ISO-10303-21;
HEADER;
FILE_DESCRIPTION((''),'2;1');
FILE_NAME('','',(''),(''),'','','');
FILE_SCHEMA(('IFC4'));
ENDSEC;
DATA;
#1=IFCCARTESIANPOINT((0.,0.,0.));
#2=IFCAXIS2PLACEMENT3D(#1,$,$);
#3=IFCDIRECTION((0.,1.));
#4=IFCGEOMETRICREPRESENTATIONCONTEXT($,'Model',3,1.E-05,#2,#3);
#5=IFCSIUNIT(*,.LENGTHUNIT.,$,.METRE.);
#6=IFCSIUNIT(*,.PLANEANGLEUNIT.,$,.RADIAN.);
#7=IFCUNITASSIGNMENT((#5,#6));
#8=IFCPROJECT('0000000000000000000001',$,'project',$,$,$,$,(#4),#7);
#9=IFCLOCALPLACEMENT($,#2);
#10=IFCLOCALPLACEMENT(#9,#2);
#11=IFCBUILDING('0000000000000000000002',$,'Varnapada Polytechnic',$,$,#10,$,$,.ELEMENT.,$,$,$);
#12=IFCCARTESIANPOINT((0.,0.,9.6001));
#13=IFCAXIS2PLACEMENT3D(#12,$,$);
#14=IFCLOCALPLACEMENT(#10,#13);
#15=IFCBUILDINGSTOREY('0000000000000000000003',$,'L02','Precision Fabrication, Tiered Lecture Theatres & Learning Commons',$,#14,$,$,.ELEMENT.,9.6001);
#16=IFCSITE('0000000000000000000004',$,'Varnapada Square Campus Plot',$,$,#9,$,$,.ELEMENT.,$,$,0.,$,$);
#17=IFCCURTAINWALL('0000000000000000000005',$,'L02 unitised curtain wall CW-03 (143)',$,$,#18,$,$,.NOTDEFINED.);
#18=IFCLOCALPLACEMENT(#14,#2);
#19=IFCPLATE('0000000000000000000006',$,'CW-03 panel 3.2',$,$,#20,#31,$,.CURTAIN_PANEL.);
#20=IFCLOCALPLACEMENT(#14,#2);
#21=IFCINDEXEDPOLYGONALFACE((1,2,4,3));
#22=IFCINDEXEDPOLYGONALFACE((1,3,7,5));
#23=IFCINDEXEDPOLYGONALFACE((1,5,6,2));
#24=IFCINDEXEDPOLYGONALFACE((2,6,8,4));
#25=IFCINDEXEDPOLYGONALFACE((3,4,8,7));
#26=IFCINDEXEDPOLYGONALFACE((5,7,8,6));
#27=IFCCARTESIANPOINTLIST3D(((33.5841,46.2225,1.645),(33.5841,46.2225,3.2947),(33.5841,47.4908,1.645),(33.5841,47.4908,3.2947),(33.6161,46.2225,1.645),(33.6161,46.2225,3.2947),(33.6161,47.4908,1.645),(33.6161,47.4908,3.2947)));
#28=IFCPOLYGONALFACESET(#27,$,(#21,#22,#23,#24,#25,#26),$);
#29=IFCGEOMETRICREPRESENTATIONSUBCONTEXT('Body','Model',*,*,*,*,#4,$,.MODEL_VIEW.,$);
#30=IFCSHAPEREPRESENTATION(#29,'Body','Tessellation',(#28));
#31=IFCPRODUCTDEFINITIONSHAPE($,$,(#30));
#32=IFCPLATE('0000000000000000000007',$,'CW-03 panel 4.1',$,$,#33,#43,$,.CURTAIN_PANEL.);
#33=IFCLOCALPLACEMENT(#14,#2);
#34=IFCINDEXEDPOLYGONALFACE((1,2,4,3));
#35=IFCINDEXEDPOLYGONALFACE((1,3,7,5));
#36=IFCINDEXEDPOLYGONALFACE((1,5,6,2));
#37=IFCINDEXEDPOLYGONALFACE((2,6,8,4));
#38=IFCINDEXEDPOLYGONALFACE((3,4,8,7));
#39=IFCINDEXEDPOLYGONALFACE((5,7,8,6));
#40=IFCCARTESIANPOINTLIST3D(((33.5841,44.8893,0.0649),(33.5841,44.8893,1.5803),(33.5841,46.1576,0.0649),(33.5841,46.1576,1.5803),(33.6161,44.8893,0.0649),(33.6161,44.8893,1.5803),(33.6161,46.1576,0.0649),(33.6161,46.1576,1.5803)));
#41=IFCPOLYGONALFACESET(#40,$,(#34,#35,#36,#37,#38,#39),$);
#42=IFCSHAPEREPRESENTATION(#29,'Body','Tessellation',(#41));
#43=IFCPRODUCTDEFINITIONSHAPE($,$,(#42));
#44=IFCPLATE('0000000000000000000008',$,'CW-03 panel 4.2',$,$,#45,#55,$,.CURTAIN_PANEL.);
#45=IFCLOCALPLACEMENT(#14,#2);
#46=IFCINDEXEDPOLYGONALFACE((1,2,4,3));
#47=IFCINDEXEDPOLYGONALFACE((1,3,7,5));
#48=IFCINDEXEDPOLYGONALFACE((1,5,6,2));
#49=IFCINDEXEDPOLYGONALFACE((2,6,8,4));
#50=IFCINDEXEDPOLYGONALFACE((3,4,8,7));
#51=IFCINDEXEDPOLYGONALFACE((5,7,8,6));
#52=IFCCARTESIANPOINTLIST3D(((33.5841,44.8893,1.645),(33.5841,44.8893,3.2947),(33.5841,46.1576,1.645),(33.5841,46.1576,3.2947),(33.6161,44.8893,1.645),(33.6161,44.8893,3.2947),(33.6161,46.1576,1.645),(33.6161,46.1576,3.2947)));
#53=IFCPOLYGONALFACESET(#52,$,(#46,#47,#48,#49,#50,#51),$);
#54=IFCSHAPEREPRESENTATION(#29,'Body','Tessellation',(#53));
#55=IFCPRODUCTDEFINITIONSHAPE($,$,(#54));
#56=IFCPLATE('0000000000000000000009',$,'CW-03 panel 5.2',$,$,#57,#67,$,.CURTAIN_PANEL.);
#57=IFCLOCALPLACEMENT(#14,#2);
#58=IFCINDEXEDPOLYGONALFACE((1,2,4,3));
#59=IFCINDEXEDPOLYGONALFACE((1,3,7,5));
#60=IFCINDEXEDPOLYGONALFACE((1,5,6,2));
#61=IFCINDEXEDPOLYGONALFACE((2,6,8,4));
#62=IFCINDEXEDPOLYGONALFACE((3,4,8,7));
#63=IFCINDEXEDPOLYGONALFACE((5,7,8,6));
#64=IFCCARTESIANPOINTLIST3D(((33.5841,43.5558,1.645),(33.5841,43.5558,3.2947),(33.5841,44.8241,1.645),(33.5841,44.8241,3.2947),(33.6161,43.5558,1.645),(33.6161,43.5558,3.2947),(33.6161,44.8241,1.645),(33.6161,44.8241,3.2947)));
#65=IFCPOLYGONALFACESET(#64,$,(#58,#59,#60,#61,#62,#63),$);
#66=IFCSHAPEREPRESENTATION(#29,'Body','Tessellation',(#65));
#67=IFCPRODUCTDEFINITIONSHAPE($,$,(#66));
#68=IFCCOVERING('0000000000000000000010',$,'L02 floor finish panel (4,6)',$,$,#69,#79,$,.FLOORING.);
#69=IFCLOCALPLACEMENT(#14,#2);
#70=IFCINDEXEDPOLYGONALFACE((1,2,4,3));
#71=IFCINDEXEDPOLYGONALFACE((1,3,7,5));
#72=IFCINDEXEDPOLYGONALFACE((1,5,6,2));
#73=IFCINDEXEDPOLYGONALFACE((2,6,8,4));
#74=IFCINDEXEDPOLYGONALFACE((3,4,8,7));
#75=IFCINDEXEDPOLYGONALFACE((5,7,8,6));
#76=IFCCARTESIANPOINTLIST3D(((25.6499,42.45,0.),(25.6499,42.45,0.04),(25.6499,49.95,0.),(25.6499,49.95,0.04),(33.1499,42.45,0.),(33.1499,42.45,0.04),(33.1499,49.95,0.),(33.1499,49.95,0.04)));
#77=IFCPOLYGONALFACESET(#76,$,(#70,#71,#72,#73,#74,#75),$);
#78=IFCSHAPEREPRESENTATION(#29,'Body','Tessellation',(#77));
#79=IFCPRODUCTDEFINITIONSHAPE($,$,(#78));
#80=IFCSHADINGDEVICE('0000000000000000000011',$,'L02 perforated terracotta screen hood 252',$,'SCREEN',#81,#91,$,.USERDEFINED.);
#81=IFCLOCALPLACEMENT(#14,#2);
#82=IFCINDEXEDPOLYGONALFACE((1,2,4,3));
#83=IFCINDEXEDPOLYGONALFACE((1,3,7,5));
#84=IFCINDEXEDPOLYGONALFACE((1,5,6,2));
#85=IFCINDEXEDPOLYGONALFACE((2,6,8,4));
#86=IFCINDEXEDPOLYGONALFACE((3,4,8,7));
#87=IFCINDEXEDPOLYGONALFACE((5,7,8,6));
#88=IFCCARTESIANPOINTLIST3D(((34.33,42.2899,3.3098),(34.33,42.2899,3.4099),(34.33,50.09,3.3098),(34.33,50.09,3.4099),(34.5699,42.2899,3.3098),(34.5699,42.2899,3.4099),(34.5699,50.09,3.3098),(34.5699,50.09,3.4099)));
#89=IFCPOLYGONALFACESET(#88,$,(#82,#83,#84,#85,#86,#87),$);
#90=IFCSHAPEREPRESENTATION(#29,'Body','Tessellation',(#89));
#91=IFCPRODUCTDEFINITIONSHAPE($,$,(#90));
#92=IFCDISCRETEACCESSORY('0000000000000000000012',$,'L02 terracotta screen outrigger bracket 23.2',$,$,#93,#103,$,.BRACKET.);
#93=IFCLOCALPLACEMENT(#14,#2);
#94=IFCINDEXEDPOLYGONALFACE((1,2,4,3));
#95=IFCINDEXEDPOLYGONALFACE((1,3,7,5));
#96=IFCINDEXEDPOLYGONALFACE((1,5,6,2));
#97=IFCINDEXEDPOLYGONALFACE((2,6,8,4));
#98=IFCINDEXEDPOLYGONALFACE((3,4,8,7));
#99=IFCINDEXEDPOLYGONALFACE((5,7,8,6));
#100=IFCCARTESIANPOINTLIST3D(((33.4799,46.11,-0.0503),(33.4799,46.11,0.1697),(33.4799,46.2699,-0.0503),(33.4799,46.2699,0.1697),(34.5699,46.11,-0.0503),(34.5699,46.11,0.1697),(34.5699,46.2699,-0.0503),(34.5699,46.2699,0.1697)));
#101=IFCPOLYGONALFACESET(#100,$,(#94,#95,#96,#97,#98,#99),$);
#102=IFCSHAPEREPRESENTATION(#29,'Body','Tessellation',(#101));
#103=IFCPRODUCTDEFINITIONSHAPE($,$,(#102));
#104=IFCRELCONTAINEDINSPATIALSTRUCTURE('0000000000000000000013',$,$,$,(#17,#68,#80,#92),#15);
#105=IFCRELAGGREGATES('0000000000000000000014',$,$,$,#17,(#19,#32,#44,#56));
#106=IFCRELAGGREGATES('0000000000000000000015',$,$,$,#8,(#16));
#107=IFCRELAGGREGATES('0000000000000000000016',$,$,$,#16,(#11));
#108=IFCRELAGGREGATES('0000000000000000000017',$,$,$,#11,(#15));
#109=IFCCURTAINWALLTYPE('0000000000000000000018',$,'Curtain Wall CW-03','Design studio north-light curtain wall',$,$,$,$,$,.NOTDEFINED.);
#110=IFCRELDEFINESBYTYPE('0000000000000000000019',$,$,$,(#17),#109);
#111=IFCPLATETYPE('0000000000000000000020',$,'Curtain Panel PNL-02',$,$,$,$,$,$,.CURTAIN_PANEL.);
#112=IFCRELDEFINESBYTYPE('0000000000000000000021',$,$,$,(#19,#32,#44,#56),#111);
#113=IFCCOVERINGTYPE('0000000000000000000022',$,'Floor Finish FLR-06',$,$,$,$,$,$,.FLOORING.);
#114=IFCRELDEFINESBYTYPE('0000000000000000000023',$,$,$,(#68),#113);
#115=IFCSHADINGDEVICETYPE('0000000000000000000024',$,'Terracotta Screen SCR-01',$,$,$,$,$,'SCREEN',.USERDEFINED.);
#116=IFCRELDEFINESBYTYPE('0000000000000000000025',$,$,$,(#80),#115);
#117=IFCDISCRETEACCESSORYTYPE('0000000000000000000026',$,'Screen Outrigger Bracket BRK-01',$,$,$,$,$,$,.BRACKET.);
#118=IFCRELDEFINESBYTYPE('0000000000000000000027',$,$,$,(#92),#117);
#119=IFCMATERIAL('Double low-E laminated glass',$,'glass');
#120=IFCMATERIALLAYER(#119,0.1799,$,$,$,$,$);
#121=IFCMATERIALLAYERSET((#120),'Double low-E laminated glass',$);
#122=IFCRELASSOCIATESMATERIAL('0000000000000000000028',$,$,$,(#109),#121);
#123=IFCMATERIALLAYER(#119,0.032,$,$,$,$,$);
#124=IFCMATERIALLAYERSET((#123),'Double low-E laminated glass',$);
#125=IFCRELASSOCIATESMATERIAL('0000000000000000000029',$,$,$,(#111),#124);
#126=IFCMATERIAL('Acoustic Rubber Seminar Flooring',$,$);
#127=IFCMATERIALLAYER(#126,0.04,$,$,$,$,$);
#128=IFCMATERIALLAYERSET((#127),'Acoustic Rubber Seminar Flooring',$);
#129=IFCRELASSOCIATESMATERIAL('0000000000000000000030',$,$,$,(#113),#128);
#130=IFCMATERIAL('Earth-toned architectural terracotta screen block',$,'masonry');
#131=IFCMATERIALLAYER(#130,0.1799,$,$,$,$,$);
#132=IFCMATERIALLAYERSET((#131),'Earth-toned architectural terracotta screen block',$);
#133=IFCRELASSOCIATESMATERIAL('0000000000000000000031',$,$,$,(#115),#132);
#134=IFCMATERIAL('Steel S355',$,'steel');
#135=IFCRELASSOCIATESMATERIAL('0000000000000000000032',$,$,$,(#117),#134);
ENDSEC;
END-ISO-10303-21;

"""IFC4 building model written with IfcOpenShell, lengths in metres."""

from ifc_helpers import new_model, si_unit, direction, frame, origin, origin_2d, place, context, subcontext, project, spatial, rectangle, extrude, material, layer, layer_set, type_object, element, aggregate, save


model = new_model("IFC4")

# Units and contexts
model_context = context("Model", 3, precision=1e-05, world=origin(), true_north=direction((0.0, 1.0)))
body_context = subcontext(model_context, "Body", "Model", "MODEL_VIEW")
ifc_project = project(units=[si_unit("LENGTHUNIT", "METRE"), si_unit("PLANEANGLEUNIT", "RADIAN")], contexts=[model_context])

# Site, building, storey
site_placement = place(None, origin())
site = spatial("IfcSite", under=ifc_project, at=site_placement, Name="Varnapada Square Campus Plot", CompositionType="ELEMENT", RefElevation=0.0)
building_placement = place(site_placement, origin())
building = spatial("IfcBuilding", under=site, at=building_placement, Name="Varnapada Polytechnic", CompositionType="ELEMENT")
storey_placement = place(building_placement, frame((0.0, 0.0, 9.6001)))
storey = spatial("IfcBuildingStorey", under=building, at=storey_placement, Name="L02", Description="Precision Fabrication, Tiered Lecture Theatres & Learning Commons", CompositionType="ELEMENT", Elevation=9.6001)

# Curtain wall, plates
ifc_material_1 = material(Name="Double low-E laminated glass", Category="glass")
ifc_layer_1 = layer(ifc_material_1, 0.1799)
ifc_layer_set_1 = layer_set([ifc_layer_1], Name="Double low-E laminated glass")
curtain_wall_type = type_object("IfcCurtainWallType", Name="Curtain Wall CW-03", Description="Design studio north-light curtain wall", PredefinedType="NOTDEFINED", material=ifc_layer_set_1)
curtain_wall_placement = place(storey_placement, origin())
curtain_wall = element("IfcCurtainWall", 1, at=curtain_wall_placement, inside=storey, type_object=curtain_wall_type, Name="L02 unitised curtain wall CW-03 (143)", PredefinedType="NOTDEFINED")
ifc_layer_2 = layer(ifc_material_1, 0.032)
ifc_layer_set_2 = layer_set([ifc_layer_2], Name="Double low-E laminated glass")
plate_type = type_object("IfcPlateType", Name="Curtain Panel PNL-02", PredefinedType="CURTAIN_PANEL", material=ifc_layer_set_2)
plate_1_placement = place(storey_placement, frame((33.6001, 46.8567, 1.645), z_axis=(0.0, 0.0, 1.0), x_axis=(0.0, -1.0, 0.0)))
plate_1 = element("IfcPlate", 2, at=plate_1_placement, type_object=plate_type, Name="CW-03 panel 3.2", PredefinedType="CURTAIN_PANEL", context=body_context, shape_type="SweptSolid", body=[
    extrude(rectangle(XDim=1.2683, YDim=0.032, at=origin_2d()), origin(), (0.0, 0.0, 1.0), 1.6497),
])
plate_2_placement = place(storey_placement, frame((33.6001, 45.5234, 0.0649), z_axis=(0.0, 0.0, 1.0), x_axis=(0.0, -1.0, 0.0)))
plate_2 = element("IfcPlate", 3, at=plate_2_placement, type_object=plate_type, Name="CW-03 panel 4.1", PredefinedType="CURTAIN_PANEL", context=body_context, shape_type="SweptSolid", body=[
    extrude(rectangle(XDim=1.2683, YDim=0.032, at=origin_2d()), origin(), (0.0, 0.0, 1.0), 1.5154),
])
plate_3_placement = place(storey_placement, frame((33.6001, 45.5234, 1.645), z_axis=(0.0, 0.0, 1.0), x_axis=(0.0, -1.0, 0.0)))
plate_3 = element("IfcPlate", 4, at=plate_3_placement, type_object=plate_type, Name="CW-03 panel 4.2", PredefinedType="CURTAIN_PANEL", context=body_context, shape_type="SweptSolid", body=[
    extrude(rectangle(XDim=1.2683, YDim=0.032, at=origin_2d()), origin(), (0.0, 0.0, 1.0), 1.6497),
])
plate_4_placement = place(storey_placement, frame((33.6001, 44.1899, 1.645), z_axis=(0.0, 0.0, 1.0), x_axis=(0.0, -1.0, 0.0)))
plate_4 = element("IfcPlate", 5, at=plate_4_placement, type_object=plate_type, Name="CW-03 panel 5.2", PredefinedType="CURTAIN_PANEL", context=body_context, shape_type="SweptSolid", body=[
    extrude(rectangle(XDim=1.2683, YDim=0.032, at=origin_2d()), origin(), (0.0, 0.0, 1.0), 1.6497),
])
aggregate(curtain_wall, [plate_1, plate_2, plate_3, plate_4])

# Covering
ifc_material_2 = material(Name="Acoustic Rubber Seminar Flooring")
ifc_layer_3 = layer(ifc_material_2, 0.04)
ifc_layer_set_3 = layer_set([ifc_layer_3], Name="Acoustic Rubber Seminar Flooring")
covering_type = type_object("IfcCoveringType", Name="Floor Finish FLR-06", PredefinedType="FLOORING", material=ifc_layer_set_3)
covering_placement = place(storey_placement, frame((29.3999, 46.2, 0.0), z_axis=(0.0, 0.0, 1.0), x_axis=(1.0, 0.0, 0.0)))
element("IfcCovering", 6, at=covering_placement, inside=storey, type_object=covering_type, Name="L02 floor finish panel (4,6)", PredefinedType="FLOORING", context=body_context, shape_type="SweptSolid", body=[
    extrude(rectangle(XDim=7.5, YDim=7.5, at=origin_2d()), origin(), (0.0, 0.0, 1.0), 0.04),
])

# Shading device
ifc_material_3 = material(Name="Earth-toned architectural terracotta screen block", Category="masonry")
ifc_layer_4 = layer(ifc_material_3, 0.1799)
ifc_layer_set_4 = layer_set([ifc_layer_4], Name="Earth-toned architectural terracotta screen block")
shading_device_type = type_object("IfcShadingDeviceType", Name="Terracotta Screen SCR-01", ElementType="SCREEN", PredefinedType="USERDEFINED", material=ifc_layer_set_4)
shading_device_placement = place(storey_placement, frame((34.45, 46.1899, 3.3098), z_axis=(0.0, 0.0, 1.0), x_axis=(0.0, -1.0, 0.0)))
element("IfcShadingDevice", 7, at=shading_device_placement, inside=storey, type_object=shading_device_type, Name="L02 perforated terracotta screen hood 252", ObjectType="SCREEN", PredefinedType="USERDEFINED", context=body_context, shape_type="SweptSolid", body=[
    extrude(rectangle(XDim=7.8, YDim=0.24, at=origin_2d()), origin(), (0.0, 0.0, 1.0), 0.1001),
])

# Discrete accessory
ifc_material_4 = material(Name="Steel S355", Category="steel")
discrete_accessory_type = type_object("IfcDiscreteAccessoryType", Name="Screen Outrigger Bracket BRK-01", PredefinedType="BRACKET", material=ifc_material_4)
discrete_accessory_placement = place(storey_placement, frame((34.0249, 46.1899, -0.0503), z_axis=(0.0, 0.0, 1.0), x_axis=(0.0, -1.0, 0.0)))
element("IfcDiscreteAccessory", 8, at=discrete_accessory_placement, inside=storey, type_object=discrete_accessory_type, Name="L02 terracotta screen outrigger bracket 23.2", PredefinedType="BRACKET", context=body_context, shape_type="SweptSolid", body=[
    extrude(rectangle(XDim=0.1599, YDim=1.0901, at=origin_2d()), origin(), (0.0, 0.0, 1.0), 0.22),
])

save(model, "model.ifc")
